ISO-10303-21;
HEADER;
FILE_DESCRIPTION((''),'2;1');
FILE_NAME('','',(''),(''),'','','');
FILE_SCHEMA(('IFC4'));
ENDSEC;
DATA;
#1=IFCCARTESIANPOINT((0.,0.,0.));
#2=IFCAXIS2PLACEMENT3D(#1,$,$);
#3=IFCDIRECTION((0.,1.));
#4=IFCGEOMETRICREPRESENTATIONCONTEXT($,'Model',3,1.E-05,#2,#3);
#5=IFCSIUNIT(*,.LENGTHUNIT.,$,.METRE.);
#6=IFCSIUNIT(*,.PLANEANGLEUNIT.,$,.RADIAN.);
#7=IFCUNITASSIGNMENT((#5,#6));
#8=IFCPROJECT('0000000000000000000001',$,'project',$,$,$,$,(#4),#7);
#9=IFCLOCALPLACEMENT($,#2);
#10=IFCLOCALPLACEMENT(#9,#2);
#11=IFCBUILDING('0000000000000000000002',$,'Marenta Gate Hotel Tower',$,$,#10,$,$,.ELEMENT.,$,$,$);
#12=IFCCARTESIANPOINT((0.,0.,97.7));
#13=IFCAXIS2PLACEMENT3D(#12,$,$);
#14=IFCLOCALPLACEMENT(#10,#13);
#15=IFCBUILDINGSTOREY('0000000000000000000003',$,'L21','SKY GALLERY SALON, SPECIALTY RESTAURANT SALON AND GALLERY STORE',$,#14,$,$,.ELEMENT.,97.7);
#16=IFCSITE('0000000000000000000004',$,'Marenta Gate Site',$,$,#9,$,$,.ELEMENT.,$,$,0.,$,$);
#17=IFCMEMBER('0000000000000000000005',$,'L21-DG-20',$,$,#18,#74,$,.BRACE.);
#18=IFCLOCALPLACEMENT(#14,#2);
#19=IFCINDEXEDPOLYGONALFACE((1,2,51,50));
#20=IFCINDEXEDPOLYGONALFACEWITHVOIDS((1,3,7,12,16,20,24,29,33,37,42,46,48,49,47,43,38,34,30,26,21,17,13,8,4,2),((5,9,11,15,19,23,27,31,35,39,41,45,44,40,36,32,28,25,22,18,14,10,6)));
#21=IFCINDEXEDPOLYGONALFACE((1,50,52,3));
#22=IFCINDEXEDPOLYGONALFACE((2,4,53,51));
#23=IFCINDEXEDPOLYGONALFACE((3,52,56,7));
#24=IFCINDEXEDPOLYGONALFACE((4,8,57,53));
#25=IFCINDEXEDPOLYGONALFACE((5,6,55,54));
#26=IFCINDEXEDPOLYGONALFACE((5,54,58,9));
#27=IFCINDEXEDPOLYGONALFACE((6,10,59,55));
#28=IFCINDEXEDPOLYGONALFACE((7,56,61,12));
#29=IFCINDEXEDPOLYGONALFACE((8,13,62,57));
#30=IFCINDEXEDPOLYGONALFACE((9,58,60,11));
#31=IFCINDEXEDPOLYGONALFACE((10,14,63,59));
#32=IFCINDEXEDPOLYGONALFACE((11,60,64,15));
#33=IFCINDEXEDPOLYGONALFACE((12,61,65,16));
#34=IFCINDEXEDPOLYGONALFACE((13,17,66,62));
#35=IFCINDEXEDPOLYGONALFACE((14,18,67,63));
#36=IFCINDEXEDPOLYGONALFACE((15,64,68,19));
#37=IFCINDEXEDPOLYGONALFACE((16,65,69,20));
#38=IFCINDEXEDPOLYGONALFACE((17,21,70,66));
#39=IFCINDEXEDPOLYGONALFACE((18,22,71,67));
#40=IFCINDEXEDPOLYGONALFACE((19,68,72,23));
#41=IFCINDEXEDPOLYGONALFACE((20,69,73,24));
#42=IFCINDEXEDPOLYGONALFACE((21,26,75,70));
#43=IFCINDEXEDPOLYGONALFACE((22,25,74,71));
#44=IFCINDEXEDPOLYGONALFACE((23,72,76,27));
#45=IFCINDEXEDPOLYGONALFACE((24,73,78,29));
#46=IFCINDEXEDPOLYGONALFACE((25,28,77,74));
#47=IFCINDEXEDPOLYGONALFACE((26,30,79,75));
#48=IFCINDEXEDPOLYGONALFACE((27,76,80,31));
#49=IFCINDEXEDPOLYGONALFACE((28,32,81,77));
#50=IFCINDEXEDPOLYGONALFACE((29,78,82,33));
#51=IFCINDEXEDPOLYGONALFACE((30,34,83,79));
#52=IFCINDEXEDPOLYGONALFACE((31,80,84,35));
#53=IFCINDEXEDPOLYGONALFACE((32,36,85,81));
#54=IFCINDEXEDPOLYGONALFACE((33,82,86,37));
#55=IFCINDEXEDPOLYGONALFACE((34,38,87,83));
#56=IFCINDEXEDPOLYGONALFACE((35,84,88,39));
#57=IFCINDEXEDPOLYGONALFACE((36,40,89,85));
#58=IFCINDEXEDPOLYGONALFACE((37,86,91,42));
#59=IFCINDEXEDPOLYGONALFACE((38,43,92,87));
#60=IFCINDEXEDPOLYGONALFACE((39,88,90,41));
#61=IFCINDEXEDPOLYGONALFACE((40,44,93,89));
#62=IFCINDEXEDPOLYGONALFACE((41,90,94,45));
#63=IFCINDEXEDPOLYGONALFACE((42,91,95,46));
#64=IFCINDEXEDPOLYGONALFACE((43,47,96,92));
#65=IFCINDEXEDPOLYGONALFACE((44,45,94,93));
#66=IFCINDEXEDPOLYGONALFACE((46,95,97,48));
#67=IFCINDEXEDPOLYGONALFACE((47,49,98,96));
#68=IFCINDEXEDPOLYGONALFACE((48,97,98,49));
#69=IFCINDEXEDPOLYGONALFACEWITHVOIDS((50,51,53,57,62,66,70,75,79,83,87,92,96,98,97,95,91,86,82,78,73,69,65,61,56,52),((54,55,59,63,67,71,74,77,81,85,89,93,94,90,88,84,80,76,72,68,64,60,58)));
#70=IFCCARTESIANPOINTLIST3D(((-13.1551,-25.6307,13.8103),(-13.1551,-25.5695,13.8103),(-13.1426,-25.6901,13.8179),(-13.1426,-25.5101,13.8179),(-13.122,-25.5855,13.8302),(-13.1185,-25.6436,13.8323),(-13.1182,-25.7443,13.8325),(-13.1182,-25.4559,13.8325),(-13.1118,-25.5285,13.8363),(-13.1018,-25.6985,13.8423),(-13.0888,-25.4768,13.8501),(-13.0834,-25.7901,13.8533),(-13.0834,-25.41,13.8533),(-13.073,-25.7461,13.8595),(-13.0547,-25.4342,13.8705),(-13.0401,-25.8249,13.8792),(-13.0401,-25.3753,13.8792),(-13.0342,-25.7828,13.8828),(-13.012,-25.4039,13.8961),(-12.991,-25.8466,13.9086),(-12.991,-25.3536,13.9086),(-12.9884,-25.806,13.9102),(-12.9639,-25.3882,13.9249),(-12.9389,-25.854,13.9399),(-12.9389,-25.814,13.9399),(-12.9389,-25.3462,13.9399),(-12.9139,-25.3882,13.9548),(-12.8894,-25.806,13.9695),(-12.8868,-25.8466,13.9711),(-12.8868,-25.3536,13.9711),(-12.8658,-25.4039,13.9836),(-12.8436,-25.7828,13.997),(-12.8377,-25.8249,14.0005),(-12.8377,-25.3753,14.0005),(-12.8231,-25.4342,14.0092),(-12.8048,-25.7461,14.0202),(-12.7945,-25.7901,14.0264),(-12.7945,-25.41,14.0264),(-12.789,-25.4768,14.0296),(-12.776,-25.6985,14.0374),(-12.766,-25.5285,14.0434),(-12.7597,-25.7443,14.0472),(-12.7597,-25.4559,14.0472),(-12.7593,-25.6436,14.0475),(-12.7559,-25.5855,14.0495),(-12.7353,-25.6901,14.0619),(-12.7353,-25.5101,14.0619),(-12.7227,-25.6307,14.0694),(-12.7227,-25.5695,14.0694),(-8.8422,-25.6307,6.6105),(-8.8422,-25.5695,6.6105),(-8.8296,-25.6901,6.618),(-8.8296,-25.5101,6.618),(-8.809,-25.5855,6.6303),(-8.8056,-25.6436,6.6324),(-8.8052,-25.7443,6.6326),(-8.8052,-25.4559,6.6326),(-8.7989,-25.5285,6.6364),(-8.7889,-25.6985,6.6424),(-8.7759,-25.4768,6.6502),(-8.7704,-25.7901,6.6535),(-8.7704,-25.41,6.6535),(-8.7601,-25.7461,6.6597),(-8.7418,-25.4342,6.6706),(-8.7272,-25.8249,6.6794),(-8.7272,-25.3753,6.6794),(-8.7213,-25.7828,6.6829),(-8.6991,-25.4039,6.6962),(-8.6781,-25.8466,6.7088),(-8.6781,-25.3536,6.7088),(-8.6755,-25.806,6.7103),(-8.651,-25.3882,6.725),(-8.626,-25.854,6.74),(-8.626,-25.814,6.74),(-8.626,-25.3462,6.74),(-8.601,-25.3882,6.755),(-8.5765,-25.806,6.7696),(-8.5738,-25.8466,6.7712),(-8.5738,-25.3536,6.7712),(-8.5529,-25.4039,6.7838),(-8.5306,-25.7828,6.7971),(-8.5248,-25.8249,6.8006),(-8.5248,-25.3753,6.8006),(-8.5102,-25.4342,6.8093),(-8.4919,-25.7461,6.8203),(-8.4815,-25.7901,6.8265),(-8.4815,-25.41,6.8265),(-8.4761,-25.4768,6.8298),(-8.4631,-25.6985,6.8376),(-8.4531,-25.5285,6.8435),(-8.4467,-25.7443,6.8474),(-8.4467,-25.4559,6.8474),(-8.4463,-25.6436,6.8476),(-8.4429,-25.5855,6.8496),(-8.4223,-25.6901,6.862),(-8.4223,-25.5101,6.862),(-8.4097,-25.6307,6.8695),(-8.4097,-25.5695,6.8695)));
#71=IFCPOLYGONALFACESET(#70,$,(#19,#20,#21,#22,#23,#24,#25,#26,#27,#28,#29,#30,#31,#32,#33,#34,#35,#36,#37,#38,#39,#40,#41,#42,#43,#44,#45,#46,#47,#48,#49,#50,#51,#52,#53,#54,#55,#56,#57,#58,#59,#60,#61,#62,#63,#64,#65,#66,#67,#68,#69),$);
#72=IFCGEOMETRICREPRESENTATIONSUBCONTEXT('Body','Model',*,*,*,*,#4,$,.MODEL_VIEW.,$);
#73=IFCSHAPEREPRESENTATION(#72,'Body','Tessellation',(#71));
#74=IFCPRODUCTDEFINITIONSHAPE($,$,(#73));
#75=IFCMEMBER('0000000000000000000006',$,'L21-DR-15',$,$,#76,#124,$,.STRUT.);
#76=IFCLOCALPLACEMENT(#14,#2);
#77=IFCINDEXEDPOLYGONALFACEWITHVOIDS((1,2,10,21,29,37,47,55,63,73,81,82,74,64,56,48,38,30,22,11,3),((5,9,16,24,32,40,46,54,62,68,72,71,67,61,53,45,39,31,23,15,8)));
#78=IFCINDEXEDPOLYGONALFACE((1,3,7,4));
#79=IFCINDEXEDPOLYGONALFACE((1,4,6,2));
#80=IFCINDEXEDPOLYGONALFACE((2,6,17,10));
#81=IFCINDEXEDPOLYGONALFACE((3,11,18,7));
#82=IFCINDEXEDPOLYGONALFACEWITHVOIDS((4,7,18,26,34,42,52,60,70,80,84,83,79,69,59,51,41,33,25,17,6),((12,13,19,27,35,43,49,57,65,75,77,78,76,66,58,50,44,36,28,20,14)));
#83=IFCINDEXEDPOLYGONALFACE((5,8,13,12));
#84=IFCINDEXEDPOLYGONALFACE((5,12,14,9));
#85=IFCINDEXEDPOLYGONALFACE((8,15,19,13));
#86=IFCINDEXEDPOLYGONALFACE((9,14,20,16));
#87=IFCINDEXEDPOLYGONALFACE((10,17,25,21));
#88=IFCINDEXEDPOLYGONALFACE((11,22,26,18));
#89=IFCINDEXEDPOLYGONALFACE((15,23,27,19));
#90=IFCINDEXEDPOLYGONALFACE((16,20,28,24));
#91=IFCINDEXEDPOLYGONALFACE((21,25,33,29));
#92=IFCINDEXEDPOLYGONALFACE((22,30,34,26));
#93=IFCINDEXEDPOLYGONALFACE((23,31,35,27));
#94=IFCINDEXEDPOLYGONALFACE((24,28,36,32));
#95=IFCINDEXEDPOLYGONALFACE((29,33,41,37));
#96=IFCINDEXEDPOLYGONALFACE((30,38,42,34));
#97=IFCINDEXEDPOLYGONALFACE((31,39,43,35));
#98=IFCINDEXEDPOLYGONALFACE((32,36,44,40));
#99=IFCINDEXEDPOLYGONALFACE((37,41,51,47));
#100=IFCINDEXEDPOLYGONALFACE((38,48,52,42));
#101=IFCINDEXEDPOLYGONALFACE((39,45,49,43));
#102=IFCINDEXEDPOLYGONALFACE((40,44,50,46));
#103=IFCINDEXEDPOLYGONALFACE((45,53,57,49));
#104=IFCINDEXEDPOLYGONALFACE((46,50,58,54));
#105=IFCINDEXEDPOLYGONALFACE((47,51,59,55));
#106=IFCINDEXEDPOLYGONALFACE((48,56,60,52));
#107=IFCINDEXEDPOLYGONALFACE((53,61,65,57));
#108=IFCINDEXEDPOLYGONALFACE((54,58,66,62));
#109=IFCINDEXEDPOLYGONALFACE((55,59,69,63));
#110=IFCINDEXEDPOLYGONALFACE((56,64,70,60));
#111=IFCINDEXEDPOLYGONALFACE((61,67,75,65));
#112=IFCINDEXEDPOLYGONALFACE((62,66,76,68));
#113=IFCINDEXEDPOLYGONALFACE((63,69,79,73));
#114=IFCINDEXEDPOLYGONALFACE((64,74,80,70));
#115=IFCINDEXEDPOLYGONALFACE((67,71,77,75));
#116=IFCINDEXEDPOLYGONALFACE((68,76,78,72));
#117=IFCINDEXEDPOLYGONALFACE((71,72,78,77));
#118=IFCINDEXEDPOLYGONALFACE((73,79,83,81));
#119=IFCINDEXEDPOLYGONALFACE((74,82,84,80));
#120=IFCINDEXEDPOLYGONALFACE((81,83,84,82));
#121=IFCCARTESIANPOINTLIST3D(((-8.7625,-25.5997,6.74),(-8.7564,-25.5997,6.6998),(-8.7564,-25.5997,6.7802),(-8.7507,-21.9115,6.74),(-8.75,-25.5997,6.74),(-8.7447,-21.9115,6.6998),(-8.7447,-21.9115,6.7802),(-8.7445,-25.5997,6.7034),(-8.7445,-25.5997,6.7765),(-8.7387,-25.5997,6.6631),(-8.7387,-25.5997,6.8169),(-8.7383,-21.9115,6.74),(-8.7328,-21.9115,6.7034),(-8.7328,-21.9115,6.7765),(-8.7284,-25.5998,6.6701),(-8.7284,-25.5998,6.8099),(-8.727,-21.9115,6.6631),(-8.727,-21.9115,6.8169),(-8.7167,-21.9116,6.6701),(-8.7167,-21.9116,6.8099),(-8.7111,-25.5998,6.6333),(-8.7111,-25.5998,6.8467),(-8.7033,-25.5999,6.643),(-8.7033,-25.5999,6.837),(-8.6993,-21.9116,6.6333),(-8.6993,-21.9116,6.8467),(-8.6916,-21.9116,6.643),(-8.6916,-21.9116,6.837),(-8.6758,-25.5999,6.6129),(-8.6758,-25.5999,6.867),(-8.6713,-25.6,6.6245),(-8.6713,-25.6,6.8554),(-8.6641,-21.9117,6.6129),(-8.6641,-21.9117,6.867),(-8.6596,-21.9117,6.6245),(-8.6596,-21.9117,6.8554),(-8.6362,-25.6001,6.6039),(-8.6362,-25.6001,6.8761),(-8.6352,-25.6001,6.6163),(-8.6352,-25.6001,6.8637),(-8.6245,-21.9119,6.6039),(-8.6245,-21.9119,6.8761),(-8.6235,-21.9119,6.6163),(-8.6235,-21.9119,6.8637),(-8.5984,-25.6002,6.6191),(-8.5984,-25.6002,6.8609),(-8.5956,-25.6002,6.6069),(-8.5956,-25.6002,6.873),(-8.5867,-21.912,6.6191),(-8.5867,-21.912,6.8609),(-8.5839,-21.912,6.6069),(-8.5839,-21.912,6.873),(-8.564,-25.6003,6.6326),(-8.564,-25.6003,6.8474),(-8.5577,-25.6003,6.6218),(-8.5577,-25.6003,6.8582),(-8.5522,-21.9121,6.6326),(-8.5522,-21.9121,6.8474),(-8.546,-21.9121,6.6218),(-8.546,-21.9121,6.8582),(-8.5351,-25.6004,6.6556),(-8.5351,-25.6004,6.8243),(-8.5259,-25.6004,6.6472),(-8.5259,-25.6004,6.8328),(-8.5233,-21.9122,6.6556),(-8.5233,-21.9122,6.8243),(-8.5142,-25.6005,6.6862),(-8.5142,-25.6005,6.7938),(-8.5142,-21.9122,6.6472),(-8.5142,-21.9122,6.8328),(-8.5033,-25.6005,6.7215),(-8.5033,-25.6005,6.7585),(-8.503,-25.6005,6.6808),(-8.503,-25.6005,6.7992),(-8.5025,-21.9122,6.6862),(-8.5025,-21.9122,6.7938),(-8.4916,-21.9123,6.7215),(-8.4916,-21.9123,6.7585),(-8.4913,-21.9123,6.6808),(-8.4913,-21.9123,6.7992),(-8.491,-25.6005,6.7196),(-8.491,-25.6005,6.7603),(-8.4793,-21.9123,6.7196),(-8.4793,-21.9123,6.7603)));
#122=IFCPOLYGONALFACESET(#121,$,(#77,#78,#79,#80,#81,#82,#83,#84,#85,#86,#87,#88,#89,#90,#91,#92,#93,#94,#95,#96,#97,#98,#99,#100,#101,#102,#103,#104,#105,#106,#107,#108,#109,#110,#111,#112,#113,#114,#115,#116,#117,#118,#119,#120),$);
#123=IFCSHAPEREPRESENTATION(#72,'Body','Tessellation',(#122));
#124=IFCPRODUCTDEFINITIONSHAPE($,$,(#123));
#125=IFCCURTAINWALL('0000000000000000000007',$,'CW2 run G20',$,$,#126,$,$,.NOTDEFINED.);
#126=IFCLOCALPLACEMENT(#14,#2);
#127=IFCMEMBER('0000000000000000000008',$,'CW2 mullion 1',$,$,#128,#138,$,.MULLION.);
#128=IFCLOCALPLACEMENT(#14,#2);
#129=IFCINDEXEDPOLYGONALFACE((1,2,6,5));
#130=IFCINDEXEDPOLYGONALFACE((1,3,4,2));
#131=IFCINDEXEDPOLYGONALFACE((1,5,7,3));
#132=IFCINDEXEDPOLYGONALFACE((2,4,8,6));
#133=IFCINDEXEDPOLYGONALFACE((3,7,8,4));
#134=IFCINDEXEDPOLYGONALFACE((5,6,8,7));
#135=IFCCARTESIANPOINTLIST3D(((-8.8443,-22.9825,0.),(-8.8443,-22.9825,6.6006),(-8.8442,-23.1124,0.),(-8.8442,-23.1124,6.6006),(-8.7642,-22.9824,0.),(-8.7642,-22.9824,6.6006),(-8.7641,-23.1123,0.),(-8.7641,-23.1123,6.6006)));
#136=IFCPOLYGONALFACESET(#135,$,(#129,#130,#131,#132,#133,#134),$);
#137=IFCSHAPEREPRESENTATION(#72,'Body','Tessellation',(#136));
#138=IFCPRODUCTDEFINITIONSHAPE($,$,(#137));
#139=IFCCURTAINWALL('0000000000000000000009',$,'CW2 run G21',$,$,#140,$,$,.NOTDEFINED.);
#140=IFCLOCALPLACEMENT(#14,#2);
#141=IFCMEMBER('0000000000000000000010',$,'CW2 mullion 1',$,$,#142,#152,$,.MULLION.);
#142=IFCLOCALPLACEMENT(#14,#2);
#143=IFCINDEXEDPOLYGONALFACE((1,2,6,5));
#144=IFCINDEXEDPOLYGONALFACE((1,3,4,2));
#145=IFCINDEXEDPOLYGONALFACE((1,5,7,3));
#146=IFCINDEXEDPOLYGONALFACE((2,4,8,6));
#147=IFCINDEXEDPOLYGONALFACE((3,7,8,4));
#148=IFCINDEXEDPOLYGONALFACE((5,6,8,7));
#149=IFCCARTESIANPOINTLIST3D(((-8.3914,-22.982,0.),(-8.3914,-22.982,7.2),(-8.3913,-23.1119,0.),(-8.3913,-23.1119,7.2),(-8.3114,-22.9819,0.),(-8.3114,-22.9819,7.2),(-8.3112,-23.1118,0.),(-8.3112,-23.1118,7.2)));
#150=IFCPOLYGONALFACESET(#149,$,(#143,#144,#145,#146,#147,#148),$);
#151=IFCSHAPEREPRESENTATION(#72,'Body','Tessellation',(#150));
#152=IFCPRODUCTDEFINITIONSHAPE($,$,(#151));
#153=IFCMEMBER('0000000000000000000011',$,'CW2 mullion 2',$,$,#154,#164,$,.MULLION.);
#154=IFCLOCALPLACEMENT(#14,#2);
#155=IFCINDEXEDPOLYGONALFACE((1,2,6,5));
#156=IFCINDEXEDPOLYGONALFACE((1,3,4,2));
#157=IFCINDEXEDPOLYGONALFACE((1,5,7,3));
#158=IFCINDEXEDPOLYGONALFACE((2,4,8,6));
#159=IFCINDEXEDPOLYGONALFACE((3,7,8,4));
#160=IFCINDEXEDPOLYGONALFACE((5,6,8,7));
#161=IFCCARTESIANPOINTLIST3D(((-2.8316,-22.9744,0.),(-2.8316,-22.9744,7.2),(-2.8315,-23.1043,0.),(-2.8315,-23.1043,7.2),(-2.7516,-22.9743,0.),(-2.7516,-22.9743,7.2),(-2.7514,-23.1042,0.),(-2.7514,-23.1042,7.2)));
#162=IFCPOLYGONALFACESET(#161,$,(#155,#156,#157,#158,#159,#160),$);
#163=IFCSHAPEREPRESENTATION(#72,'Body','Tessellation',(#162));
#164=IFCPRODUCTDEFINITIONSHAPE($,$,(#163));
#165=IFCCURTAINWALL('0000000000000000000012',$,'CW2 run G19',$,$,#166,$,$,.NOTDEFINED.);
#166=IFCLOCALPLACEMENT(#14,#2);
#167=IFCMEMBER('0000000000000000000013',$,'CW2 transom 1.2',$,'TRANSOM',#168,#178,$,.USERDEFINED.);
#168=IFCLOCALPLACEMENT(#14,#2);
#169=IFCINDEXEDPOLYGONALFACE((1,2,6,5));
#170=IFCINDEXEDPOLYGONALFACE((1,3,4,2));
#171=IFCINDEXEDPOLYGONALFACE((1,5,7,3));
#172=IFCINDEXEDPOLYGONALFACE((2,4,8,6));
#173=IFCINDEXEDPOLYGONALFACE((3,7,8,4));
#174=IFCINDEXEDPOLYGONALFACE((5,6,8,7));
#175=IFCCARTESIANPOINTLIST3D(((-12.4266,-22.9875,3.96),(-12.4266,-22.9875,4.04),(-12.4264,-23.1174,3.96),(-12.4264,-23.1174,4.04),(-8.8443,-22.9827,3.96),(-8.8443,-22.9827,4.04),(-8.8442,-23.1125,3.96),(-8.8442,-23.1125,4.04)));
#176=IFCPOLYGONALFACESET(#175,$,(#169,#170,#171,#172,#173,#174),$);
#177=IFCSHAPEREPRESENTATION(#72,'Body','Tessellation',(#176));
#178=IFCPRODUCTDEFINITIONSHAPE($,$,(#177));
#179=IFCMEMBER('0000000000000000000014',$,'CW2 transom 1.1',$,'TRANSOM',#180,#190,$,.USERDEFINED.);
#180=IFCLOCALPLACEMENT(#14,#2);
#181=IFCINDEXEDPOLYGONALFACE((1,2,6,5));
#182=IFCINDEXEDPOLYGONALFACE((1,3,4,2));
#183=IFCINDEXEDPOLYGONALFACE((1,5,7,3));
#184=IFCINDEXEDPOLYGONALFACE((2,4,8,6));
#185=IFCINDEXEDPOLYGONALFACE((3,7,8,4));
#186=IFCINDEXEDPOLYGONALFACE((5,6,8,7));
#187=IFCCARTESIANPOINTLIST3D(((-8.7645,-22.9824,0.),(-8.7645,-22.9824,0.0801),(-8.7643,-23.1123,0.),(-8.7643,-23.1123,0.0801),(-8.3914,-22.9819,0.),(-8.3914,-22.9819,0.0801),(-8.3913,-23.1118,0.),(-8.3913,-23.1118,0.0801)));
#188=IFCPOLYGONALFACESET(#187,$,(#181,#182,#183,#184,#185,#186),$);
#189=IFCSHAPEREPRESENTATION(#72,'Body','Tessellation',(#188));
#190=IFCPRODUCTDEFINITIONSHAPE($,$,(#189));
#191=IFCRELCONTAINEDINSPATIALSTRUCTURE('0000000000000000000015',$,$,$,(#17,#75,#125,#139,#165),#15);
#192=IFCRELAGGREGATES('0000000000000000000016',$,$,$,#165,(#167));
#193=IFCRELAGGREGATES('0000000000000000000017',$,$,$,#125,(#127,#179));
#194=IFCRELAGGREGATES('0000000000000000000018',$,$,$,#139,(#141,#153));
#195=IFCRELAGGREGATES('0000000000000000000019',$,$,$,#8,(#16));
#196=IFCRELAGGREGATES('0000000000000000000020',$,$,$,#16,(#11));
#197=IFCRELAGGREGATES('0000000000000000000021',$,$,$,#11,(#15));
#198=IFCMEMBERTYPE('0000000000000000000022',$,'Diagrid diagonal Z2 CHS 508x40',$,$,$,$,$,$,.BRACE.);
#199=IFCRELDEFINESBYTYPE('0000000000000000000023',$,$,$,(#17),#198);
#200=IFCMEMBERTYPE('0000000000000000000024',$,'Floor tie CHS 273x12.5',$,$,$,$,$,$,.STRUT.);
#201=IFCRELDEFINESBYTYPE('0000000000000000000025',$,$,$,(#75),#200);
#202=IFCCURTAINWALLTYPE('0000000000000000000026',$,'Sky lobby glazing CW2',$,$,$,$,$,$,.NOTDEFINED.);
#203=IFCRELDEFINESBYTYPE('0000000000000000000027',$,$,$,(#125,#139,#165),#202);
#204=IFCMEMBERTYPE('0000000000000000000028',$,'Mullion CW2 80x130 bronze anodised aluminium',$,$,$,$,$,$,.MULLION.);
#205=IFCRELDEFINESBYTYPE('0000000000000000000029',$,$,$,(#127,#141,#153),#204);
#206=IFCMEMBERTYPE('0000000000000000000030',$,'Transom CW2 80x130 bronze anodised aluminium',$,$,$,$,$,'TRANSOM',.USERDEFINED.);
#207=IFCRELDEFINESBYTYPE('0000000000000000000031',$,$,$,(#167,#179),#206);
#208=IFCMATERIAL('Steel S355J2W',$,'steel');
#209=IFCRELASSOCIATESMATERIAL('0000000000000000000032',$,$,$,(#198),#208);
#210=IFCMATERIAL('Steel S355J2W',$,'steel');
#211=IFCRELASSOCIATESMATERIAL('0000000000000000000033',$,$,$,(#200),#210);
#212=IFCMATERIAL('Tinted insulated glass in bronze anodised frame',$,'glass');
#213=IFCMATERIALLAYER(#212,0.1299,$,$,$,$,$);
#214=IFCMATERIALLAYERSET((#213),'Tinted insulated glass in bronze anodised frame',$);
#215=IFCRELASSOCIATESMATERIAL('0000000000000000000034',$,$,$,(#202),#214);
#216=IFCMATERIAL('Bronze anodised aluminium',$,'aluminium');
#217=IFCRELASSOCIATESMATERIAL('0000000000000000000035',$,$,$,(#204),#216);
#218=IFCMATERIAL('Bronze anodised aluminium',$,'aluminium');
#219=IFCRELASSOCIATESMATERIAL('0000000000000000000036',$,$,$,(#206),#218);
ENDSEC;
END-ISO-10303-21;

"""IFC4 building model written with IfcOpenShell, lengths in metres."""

from ifc_helpers import new_model, si_unit, direction, frame, origin, origin_2d, place, context, subcontext, project, spatial, rectangle, hollow_circle, extrude, material, layer, layer_set, material_profile, profile_set, type_object, element, aggregate, save


model = new_model("IFC4")

# Units and contexts
model_context = context("Model", 3, precision=1e-05, world=origin(), true_north=direction((0.0, 1.0)))
body_context = subcontext(model_context, "Body", "Model", "MODEL_VIEW")
ifc_project = project(units=[si_unit("LENGTHUNIT", "METRE"), si_unit("PLANEANGLEUNIT", "RADIAN")], contexts=[model_context])

# Site, building, storey
site_placement = place(None, origin())
site = spatial("IfcSite", under=ifc_project, at=site_placement, Name="Marenta Gate Site", CompositionType="ELEMENT", RefElevation=0.0)
building_placement = place(site_placement, origin())
building = spatial("IfcBuilding", under=site, at=building_placement, Name="Marenta Gate Hotel Tower", CompositionType="ELEMENT")
storey_placement = place(building_placement, frame((0.0, 0.0, 97.7)))
storey = spatial("IfcBuildingStorey", under=building, at=storey_placement, Name="L21", Description="SKY GALLERY SALON, SPECIALTY RESTAURANT SALON AND GALLERY STORE", CompositionType="ELEMENT", Elevation=97.7)

# Members
ifc_material_1 = material(Name="Steel S355J2W", Category="steel")
ifc_material_profile_1 = material_profile(ifc_material_1, hollow_circle(Radius=0.2539, WallThickness=0.04, at=origin_2d()), Name="CHS 508x40")
ifc_profile_set_1 = profile_set([ifc_material_profile_1], Name="Steel S355J2W")
member_type_1 = type_object("IfcMemberType", Name="Diagrid diagonal Z2 CHS 508x40", PredefinedType="BRACE", material=ifc_profile_set_1)
for number, where, z_axis, x_axis, name in (
    (1, (-8.626, -25.6001, 6.74), (-0.513884, 0.0, 0.85786), (0.0, -1.0, 0.0), "L21-DG-20"),
):
    element("IfcMember", number, at=place(storey_placement, frame(where, z_axis=z_axis, x_axis=x_axis)), inside=storey, type_object=member_type_1, Name=name, PredefinedType="BRACE", context=body_context, shape_type="SweptSolid", body=[
        extrude(hollow_circle(Radius=0.2539, WallThickness=0.04, at=origin_2d()), origin(), (0.0, 0.0, 1.0), 8.3928),
    ])
ifc_material_2 = material(Name="Steel S355J2W", Category="steel")
ifc_material_profile_2 = material_profile(ifc_material_2, hollow_circle(Radius=0.1365, WallThickness=0.0125, at=origin_2d()), Name="CHS 273x12.5")
ifc_profile_set_2 = profile_set([ifc_material_profile_2], Name="Steel S355J2W")
member_type_2 = type_object("IfcMemberType", Name="Floor tie CHS 273x12.5", PredefinedType="STRUT", material=ifc_profile_set_2)
member_1_placement = place(storey_placement, frame((-8.626, -25.6001, 6.74), z_axis=(0.003177, 0.999995, 0.0), x_axis=(-0.999995, 0.003177, 0.0)))
element("IfcMember", 2, at=member_1_placement, inside=storey, type_object=member_type_2, Name="L21-DR-15", PredefinedType="STRUT", context=body_context, shape_type="SweptSolid", body=[
    extrude(hollow_circle(Radius=0.1365, WallThickness=0.0125, at=origin_2d()), origin(), (0.0, 0.0, 1.0), 3.6882),
])

# Curtain wall, member
ifc_material_3 = material(Name="Tinted insulated glass in bronze anodised frame", Category="glass")
ifc_layer_1 = layer(ifc_material_3, 0.1299)
ifc_layer_set_1 = layer_set([ifc_layer_1], Name="Tinted insulated glass in bronze anodised frame")
curtain_wall_type = type_object("IfcCurtainWallType", Name="Sky lobby glazing CW2", PredefinedType="NOTDEFINED", material=ifc_layer_set_1)
curtain_wall_1_placement = place(storey_placement, origin())
curtain_wall_1 = element("IfcCurtainWall", 3, at=curtain_wall_1_placement, inside=storey, type_object=curtain_wall_type, Name="CW2 run G20", PredefinedType="NOTDEFINED")
ifc_material_4 = material(Name="Bronze anodised aluminium", Category="aluminium")
ifc_material_profile_3 = material_profile(ifc_material_4, rectangle(XDim=0.1299, YDim=0.0801, at=origin_2d()), Name="Mullion CW2 80x130 bronze anodised aluminium")
ifc_profile_set_3 = profile_set([ifc_material_profile_3], Name="Bronze anodised aluminium")
member_type_3 = type_object("IfcMemberType", Name="Mullion CW2 80x130 bronze anodised aluminium", PredefinedType="MULLION", material=ifc_profile_set_3)
member_2_placement = place(storey_placement, frame((-8.8042, -23.0474, 0.0), z_axis=(0.0, 0.0, 1.0), x_axis=(-0.001325, 0.999999, 0.0)))
member_2 = element("IfcMember", 4, at=member_2_placement, type_object=member_type_3, Name="CW2 mullion 1", PredefinedType="MULLION", context=body_context, shape_type="SweptSolid", body=[
    extrude(rectangle(XDim=0.1299, YDim=0.0801, at=origin_2d()), origin(), (0.0, 0.0, 1.0), 6.6006),
])

# Curtain wall, members
curtain_wall_2_placement = place(storey_placement, origin())
curtain_wall_2 = element("IfcCurtainWall", 5, at=curtain_wall_2_placement, inside=storey, type_object=curtain_wall_type, Name="CW2 run G21", PredefinedType="NOTDEFINED")
member_3_placement = place(storey_placement, frame((-8.3513, -23.0469, 0.0), z_axis=(0.0, 0.0, 1.0), x_axis=(-0.001363, 0.999999, 0.0)))
member_3 = element("IfcMember", 6, at=member_3_placement, type_object=member_type_3, Name="CW2 mullion 1", PredefinedType="MULLION", context=body_context, shape_type="SweptSolid", body=[
    extrude(rectangle(XDim=0.1299, YDim=0.0801, at=origin_2d()), origin(), (0.0, 0.0, 1.0), 7.2),
])
member_4_placement = place(storey_placement, frame((-2.7915, -23.0393, 0.0), z_axis=(0.0, 0.0, 1.0), x_axis=(-0.001363, 0.999999, 0.0)))
member_4 = element("IfcMember", 7, at=member_4_placement, type_object=member_type_3, Name="CW2 mullion 2", PredefinedType="MULLION", context=body_context, shape_type="SweptSolid", body=[
    extrude(rectangle(XDim=0.1299, YDim=0.0801, at=origin_2d()), origin(), (0.0, 0.0, 1.0), 7.2),
])

# Curtain wall, member
curtain_wall_3_placement = place(storey_placement, origin())
curtain_wall_3 = element("IfcCurtainWall", 8, at=curtain_wall_3_placement, inside=storey, type_object=curtain_wall_type, Name="CW2 run G19", PredefinedType="NOTDEFINED")
ifc_material_5 = material(Name="Bronze anodised aluminium", Category="aluminium")
ifc_material_profile_4 = material_profile(ifc_material_5, rectangle(XDim=0.1299, YDim=0.0801, at=origin_2d()), Name="Transom CW2 80x130 bronze anodised aluminium")
ifc_profile_set_4 = profile_set([ifc_material_profile_4], Name="Bronze anodised aluminium")
member_type_4 = type_object("IfcMemberType", Name="Transom CW2 80x130 bronze anodised aluminium", ElementType="TRANSOM", PredefinedType="USERDEFINED", material=ifc_profile_set_4)
member_5_placement = place(storey_placement, frame((-12.4265, -23.0525, 4.0), z_axis=(0.999999, 0.001363, 0.0), x_axis=(-0.001363, 0.999999, 0.0)))
member_5 = element("IfcMember", 9, at=member_5_placement, type_object=member_type_4, Name="CW2 transom 1.2", ObjectType="TRANSOM", PredefinedType="USERDEFINED", context=body_context, shape_type="SweptSolid", body=[
    extrude(rectangle(XDim=0.1299, YDim=0.0801, at=origin_2d()), origin(), (0.0, 0.0, 1.0), 3.5823),
])

# Member
member_6_placement = place(storey_placement, frame((-8.7644, -23.0474, 0.04), z_axis=(0.999999, 0.001309, 0.0), x_axis=(-0.001309, 0.999999, 0.0)))
member_6 = element("IfcMember", 10, at=member_6_placement, type_object=member_type_4, Name="CW2 transom 1.1", ObjectType="TRANSOM", PredefinedType="USERDEFINED", context=body_context, shape_type="SweptSolid", body=[
    extrude(rectangle(XDim=0.1299, YDim=0.0801, at=origin_2d()), origin(), (0.0, 0.0, 1.0), 0.373),
])

aggregate(curtain_wall_3, [member_5])
aggregate(curtain_wall_1, [member_2, member_6])
aggregate(curtain_wall_2, [member_3, member_4])

save(model, "model.ifc")
